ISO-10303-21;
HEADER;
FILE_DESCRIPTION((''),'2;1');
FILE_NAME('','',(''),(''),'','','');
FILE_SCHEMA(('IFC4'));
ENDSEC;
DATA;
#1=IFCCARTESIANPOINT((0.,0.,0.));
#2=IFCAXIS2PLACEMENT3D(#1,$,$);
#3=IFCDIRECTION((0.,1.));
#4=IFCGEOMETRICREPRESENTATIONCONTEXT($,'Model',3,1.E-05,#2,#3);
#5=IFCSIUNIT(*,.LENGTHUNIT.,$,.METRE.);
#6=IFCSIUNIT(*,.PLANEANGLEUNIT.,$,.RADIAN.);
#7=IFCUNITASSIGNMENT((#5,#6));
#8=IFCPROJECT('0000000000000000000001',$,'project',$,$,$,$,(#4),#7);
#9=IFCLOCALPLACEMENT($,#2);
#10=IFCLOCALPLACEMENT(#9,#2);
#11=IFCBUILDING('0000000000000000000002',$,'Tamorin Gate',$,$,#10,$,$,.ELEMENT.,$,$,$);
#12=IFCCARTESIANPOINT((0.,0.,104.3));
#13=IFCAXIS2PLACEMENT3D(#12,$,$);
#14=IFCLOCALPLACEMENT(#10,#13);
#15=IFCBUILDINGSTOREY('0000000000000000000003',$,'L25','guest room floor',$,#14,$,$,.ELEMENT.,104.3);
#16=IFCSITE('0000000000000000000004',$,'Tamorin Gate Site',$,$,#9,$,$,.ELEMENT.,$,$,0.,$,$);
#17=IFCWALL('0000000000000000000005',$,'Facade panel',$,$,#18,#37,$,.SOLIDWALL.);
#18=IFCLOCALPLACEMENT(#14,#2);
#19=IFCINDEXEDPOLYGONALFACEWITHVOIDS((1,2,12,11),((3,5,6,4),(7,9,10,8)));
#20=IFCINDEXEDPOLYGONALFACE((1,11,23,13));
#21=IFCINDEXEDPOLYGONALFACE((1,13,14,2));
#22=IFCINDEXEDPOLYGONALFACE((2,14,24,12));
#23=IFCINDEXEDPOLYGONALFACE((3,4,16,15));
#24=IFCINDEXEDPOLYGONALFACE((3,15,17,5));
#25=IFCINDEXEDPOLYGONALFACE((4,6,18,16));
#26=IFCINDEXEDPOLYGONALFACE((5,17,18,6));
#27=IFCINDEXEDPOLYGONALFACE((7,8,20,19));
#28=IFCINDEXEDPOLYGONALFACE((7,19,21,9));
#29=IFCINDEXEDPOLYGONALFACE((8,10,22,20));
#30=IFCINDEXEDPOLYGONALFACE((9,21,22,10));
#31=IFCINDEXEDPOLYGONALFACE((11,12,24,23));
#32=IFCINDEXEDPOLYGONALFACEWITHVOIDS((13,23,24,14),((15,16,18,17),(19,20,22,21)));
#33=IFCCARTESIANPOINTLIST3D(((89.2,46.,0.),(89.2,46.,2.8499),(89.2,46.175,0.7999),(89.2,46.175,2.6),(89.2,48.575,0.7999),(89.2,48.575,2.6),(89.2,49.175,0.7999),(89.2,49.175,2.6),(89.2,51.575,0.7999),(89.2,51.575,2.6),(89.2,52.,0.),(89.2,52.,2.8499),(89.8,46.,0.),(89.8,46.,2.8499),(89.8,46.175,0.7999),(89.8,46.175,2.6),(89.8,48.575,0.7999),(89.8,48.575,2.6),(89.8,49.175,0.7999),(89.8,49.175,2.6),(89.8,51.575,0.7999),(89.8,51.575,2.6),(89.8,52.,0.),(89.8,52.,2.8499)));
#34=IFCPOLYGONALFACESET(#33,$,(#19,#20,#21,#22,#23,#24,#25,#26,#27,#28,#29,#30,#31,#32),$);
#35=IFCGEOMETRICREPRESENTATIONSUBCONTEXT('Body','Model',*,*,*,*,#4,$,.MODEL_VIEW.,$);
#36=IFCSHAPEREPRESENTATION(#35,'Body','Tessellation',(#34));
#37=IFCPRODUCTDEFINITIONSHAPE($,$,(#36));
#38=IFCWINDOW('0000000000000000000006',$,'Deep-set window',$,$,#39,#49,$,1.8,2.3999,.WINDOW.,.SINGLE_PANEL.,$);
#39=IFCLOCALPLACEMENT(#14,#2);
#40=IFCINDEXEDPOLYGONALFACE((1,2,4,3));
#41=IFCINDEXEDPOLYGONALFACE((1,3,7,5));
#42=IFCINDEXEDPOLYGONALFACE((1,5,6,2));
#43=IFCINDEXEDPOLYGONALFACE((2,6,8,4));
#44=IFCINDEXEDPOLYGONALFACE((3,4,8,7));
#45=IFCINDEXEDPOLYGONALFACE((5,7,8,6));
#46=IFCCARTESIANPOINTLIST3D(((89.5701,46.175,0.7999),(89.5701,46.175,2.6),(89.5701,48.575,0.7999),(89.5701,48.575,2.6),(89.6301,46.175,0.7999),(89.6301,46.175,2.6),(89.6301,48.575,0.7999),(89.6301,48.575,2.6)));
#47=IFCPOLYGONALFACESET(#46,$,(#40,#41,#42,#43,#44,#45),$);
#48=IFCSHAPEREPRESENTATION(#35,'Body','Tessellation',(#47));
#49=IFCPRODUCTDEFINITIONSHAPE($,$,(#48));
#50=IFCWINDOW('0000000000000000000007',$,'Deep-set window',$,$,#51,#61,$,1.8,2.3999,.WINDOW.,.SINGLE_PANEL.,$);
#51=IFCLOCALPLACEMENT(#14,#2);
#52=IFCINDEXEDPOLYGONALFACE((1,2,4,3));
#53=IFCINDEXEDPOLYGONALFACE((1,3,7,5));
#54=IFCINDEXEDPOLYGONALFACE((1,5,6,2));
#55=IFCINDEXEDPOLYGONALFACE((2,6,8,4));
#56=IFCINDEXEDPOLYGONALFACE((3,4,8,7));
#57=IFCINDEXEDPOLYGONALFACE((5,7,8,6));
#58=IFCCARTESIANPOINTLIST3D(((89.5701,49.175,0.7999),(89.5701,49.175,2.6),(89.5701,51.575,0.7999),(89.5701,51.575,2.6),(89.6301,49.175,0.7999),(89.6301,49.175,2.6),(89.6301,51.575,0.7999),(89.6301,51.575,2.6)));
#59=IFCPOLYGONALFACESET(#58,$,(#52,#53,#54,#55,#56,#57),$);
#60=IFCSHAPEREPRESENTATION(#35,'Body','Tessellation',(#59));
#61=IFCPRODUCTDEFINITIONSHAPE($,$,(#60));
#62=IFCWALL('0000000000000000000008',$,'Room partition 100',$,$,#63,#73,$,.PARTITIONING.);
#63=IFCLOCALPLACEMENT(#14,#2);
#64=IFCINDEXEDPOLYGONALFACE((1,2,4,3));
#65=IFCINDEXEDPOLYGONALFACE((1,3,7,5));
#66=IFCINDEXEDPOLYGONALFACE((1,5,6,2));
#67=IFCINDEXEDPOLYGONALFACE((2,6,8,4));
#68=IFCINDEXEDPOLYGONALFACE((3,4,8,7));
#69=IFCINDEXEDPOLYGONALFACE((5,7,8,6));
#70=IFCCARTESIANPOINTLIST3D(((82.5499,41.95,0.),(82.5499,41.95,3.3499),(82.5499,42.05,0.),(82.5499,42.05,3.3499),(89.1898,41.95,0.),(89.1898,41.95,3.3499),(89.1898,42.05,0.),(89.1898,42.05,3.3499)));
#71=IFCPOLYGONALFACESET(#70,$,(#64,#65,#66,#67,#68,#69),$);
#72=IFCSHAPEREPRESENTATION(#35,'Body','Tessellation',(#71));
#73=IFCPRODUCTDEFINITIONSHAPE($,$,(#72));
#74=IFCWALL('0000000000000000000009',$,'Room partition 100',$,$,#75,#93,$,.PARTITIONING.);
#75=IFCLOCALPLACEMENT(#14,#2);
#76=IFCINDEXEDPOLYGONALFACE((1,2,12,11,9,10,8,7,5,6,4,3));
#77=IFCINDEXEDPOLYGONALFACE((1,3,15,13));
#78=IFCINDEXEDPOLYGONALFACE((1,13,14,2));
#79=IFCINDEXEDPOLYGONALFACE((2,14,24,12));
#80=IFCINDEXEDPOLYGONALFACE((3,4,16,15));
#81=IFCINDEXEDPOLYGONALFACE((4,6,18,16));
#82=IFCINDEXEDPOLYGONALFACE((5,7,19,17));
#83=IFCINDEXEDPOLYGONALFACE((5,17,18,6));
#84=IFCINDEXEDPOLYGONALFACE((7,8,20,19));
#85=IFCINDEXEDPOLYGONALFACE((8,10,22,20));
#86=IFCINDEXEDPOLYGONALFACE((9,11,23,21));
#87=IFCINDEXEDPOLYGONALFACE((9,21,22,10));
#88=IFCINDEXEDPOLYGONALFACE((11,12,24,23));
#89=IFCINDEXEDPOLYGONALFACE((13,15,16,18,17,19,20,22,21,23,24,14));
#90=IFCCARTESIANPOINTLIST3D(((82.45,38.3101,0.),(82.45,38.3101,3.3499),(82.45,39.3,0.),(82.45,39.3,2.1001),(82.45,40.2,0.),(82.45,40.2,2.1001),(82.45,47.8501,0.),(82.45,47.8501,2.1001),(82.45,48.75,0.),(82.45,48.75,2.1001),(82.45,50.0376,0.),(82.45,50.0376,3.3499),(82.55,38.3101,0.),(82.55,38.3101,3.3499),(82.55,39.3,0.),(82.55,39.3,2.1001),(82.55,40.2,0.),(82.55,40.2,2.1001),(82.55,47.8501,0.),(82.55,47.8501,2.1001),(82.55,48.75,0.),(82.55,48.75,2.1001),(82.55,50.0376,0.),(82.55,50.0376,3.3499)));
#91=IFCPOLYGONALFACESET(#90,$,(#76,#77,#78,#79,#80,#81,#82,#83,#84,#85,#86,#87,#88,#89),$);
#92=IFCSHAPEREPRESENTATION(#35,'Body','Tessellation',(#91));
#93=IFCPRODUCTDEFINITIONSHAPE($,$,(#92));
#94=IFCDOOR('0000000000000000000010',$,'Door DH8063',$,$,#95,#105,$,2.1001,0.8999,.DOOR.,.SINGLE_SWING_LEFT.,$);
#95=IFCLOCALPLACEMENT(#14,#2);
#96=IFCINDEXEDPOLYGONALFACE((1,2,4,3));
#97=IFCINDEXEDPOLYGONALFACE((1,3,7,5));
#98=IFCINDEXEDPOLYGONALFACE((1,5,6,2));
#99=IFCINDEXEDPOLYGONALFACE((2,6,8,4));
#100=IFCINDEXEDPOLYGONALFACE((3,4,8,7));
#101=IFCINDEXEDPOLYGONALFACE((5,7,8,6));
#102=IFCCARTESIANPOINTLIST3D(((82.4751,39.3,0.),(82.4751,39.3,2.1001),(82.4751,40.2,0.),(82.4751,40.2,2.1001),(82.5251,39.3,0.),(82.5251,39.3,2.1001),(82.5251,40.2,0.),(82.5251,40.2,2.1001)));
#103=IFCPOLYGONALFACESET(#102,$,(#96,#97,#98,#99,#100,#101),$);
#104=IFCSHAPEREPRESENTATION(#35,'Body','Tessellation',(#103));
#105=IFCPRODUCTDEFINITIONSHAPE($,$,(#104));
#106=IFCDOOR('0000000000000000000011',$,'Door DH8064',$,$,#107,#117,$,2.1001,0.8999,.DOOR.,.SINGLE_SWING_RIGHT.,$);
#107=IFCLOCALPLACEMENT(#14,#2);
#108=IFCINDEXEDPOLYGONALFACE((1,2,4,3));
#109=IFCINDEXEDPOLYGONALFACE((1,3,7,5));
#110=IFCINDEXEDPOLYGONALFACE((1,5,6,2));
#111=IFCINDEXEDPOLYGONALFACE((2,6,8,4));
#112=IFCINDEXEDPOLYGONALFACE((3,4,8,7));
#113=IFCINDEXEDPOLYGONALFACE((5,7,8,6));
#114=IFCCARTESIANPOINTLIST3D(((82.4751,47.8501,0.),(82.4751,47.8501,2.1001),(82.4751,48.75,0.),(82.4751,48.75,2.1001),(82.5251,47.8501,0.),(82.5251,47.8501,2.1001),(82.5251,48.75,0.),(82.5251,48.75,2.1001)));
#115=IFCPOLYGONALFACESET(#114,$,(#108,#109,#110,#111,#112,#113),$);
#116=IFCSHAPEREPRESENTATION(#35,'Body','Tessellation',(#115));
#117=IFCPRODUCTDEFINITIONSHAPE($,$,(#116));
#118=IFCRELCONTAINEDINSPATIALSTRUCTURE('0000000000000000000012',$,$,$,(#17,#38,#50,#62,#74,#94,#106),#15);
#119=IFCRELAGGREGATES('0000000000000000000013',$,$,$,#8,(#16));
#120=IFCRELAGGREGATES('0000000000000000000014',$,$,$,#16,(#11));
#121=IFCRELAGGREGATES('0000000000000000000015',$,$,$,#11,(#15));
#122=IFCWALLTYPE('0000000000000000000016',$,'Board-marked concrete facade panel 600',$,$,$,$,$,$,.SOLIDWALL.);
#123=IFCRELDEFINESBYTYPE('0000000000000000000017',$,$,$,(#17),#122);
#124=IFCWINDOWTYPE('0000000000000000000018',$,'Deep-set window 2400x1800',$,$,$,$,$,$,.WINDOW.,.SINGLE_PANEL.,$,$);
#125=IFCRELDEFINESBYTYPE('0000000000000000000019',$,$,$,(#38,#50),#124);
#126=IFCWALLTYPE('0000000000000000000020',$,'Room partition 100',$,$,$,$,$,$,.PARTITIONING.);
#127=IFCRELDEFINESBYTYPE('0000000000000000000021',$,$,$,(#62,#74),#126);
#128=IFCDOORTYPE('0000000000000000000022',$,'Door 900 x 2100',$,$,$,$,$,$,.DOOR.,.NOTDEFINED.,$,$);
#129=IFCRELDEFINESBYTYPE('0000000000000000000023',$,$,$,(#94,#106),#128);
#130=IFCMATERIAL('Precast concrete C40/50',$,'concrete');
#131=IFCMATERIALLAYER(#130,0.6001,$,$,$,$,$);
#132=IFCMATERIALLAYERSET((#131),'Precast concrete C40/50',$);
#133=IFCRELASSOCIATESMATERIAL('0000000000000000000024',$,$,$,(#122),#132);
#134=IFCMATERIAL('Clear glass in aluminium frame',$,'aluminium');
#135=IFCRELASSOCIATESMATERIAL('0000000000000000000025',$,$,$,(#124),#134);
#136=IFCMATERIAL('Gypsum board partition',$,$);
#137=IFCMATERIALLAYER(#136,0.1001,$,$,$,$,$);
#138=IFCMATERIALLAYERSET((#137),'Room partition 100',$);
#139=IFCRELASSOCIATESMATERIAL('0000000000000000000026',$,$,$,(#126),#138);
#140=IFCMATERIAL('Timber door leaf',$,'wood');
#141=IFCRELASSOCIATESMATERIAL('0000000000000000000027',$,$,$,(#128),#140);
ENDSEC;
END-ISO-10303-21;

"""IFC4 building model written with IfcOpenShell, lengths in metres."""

from ifc_helpers import new_model, si_unit, direction, frame, frame_2d, origin, place, context, subcontext, project, spatial, rectangle, extrude, material, layer, layer_set, type_object, element, fill, save


model = new_model("IFC4")

# Units and contexts
model_context = context("Model", 3, precision=1e-05, world=origin(), true_north=direction((0.0, 1.0)))
body_context = subcontext(model_context, "Body", "Model", "MODEL_VIEW")
ifc_project = project(units=[si_unit("LENGTHUNIT", "METRE"), si_unit("PLANEANGLEUNIT", "RADIAN")], contexts=[model_context])

# Site, building, storey
site_placement = place(None, origin())
site = spatial("IfcSite", under=ifc_project, at=site_placement, Name="Tamorin Gate Site", CompositionType="ELEMENT", RefElevation=0.0)
building_placement = place(site_placement, origin())
building = spatial("IfcBuilding", under=site, at=building_placement, Name="Tamorin Gate", CompositionType="ELEMENT")
storey_placement = place(building_placement, frame((0.0, 0.0, 104.3)))
storey = spatial("IfcBuildingStorey", under=building, at=storey_placement, Name="L25", Description="guest room floor", CompositionType="ELEMENT", Elevation=104.3)

# Shared definitions
ifc_material_1 = material(Name="Precast concrete C40/50", Category="concrete")
ifc_layer_1 = layer(ifc_material_1, 0.6001)
ifc_layer_set_1 = layer_set([ifc_layer_1], Name="Precast concrete C40/50")
wall_type_1 = type_object("IfcWallType", Name="Board-marked concrete facade panel 600", PredefinedType="SOLIDWALL", material=ifc_layer_set_1)
ifc_material_2 = material(Name="Clear glass in aluminium frame", Category="aluminium")
window_type = type_object("IfcWindowType", Name="Deep-set window 2400x1800", PartitioningType="SINGLE_PANEL", PredefinedType="WINDOW", material=ifc_material_2)

# Wall, openings, windows
wall_1_placement = place(storey_placement, frame((89.5, 46.0, 0.0), z_axis=(0.0, 0.0, 1.0), x_axis=(0.0, 1.0, 0.0)))
wall_1 = element("IfcWall", 1, at=wall_1_placement, inside=storey, type_object=wall_type_1, Name="Facade panel", PredefinedType="SOLIDWALL", context=body_context, shape_type="SweptSolid", body=[
    extrude(rectangle(XDim=6.0, YDim=0.6001, at=frame_2d((3.0, 0.0))), origin(), (0.0, 0.0, 1.0), 2.8499),
])
opening_1_placement = place(wall_1_placement, frame((0.175, 0.0, 0.8)))
opening_1 = element("IfcOpeningElement", 2, at=opening_1_placement, cuts=wall_1, PredefinedType="OPENING", context=body_context, shape_type="SweptSolid", body=[
    extrude(rectangle(XDim=2.3999, YDim=1.8, at=frame_2d((1.2, 0.8999))), frame((0.0, 0.3101, 0.0), z_axis=(0.0, -1.0, 0.0), x_axis=(1.0, 0.0, 0.0)), (0.0, 0.0, 1.0), 0.6201),
])
opening_2_placement = place(wall_1_placement, frame((3.175, 0.0, 0.8)))
opening_2 = element("IfcOpeningElement", 3, at=opening_2_placement, cuts=wall_1, PredefinedType="OPENING", context=body_context, shape_type="SweptSolid", body=[
    extrude(rectangle(XDim=2.3999, YDim=1.8, at=frame_2d((1.2, 0.8999))), frame((0.0, 0.3101, 0.0), z_axis=(0.0, -1.0, 0.0), x_axis=(1.0, 0.0, 0.0)), (0.0, 0.0, 1.0), 0.6201),
])
window_1_placement = place(opening_1_placement, origin())
window_1 = element("IfcWindow", 4, at=window_1_placement, inside=storey, type_object=window_type, Name="Deep-set window", OverallHeight=1.8, OverallWidth=2.3999, PartitioningType="SINGLE_PANEL", PredefinedType="WINDOW", context=body_context, shape_type="SweptSolid", body=[
    extrude(rectangle(XDim=2.3999, YDim=1.8, at=frame_2d((1.2, 0.8999))), frame((0.0, -0.0701, 0.0), z_axis=(0.0, -1.0, 0.0), x_axis=(1.0, 0.0, 0.0)), (0.0, 0.0, 1.0), 0.0601),
])
fill(opening_1, window_1)
window_2_placement = place(opening_2_placement, origin())
window_2 = element("IfcWindow", 5, at=window_2_placement, inside=storey, type_object=window_type, Name="Deep-set window", OverallHeight=1.8, OverallWidth=2.3999, PartitioningType="SINGLE_PANEL", PredefinedType="WINDOW", context=body_context, shape_type="SweptSolid", body=[
    extrude(rectangle(XDim=2.3999, YDim=1.8, at=frame_2d((1.2, 0.8999))), frame((0.0, -0.0701, 0.0), z_axis=(0.0, -1.0, 0.0), x_axis=(1.0, 0.0, 0.0)), (0.0, 0.0, 1.0), 0.0601),
])
fill(opening_2, window_2)

# Wall
ifc_material_3 = material(Name="Gypsum board partition")
ifc_layer_2 = layer(ifc_material_3, 0.1001)
ifc_layer_set_2 = layer_set([ifc_layer_2], Name="Room partition 100")
wall_type_2 = type_object("IfcWallType", Name="Room partition 100", PredefinedType="PARTITIONING", material=ifc_layer_set_2)
wall_2_placement = place(storey_placement, frame((82.55, 42.0, 0.0), z_axis=(0.0, 0.0, 1.0), x_axis=(1.0, 0.0, 0.0)))
element("IfcWall", 6, at=wall_2_placement, inside=storey, type_object=wall_type_2, Name="Room partition 100", PredefinedType="PARTITIONING", context=body_context, shape_type="SweptSolid", body=[
    extrude(rectangle(XDim=6.6399, YDim=0.1001, at=frame_2d((3.3198, 0.0))), origin(), (0.0, 0.0, 1.0), 3.3499),
])

# Wall, openings, doors
wall_3_placement = place(storey_placement, frame((82.5, 38.3101, 0.0), z_axis=(0.0, 0.0, 1.0), x_axis=(0.0, 1.0, 0.0)))
wall_3 = element("IfcWall", 7, at=wall_3_placement, inside=storey, type_object=wall_type_2, Name="Room partition 100", PredefinedType="PARTITIONING", context=body_context, shape_type="SweptSolid", body=[
    extrude(rectangle(XDim=11.7275, YDim=0.1001, at=frame_2d((5.8638, 0.0))), origin(), (0.0, 0.0, 1.0), 3.3499),
])
opening_3_placement = place(wall_3_placement, frame((0.99, 0.0, 0.0)))
opening_3 = element("IfcOpeningElement", 8, at=opening_3_placement, cuts=wall_3, PredefinedType="OPENING", context=body_context, shape_type="SweptSolid", body=[
    extrude(rectangle(XDim=0.8999, YDim=2.1001, at=frame_2d((0.45, 1.05))), frame((0.0, 0.0601, 0.0), z_axis=(0.0, -1.0, 0.0), x_axis=(1.0, 0.0, 0.0)), (0.0, 0.0, 1.0), 0.1201),
])
opening_4_placement = place(wall_3_placement, frame((9.54, 0.0, 0.0)))
opening_4 = element("IfcOpeningElement", 9, at=opening_4_placement, cuts=wall_3, PredefinedType="OPENING", context=body_context, shape_type="SweptSolid", body=[
    extrude(rectangle(XDim=0.8999, YDim=2.1001, at=frame_2d((0.45, 1.05))), frame((0.0, 0.0601, 0.0), z_axis=(0.0, -1.0, 0.0), x_axis=(1.0, 0.0, 0.0)), (0.0, 0.0, 1.0), 0.1201),
])
ifc_material_4 = material(Name="Timber door leaf", Category="wood")
door_type = type_object("IfcDoorType", Name="Door 900 x 2100", OperationType="NOTDEFINED", PredefinedType="DOOR", material=ifc_material_4)
door_1_placement = place(opening_3_placement, origin())
door_1 = element("IfcDoor", 10, at=door_1_placement, inside=storey, type_object=door_type, Name="Door DH8063", OperationType="SINGLE_SWING_LEFT", OverallHeight=2.1001, OverallWidth=0.8999, PredefinedType="DOOR", context=body_context, shape_type="SweptSolid", body=[
    extrude(rectangle(XDim=0.8999, YDim=2.1001, at=frame_2d((0.45, 1.05))), frame((0.0, 0.0249, 0.0), z_axis=(0.0, -1.0, 0.0), x_axis=(1.0, 0.0, 0.0)), (0.0, 0.0, 1.0), 0.05),
])
fill(opening_3, door_1)
door_2_placement = place(opening_4_placement, origin())
door_2 = element("IfcDoor", 11, at=door_2_placement, inside=storey, type_object=door_type, Name="Door DH8064", OperationType="SINGLE_SWING_RIGHT", OverallHeight=2.1001, OverallWidth=0.8999, PredefinedType="DOOR", context=body_context, shape_type="SweptSolid", body=[
    extrude(rectangle(XDim=0.8999, YDim=2.1001, at=frame_2d((0.45, 1.05))), frame((0.0, 0.0249, 0.0), z_axis=(0.0, -1.0, 0.0), x_axis=(1.0, 0.0, 0.0)), (0.0, 0.0, 1.0), 0.05),
])
fill(opening_4, door_2)

save(model, "model.ifc")
